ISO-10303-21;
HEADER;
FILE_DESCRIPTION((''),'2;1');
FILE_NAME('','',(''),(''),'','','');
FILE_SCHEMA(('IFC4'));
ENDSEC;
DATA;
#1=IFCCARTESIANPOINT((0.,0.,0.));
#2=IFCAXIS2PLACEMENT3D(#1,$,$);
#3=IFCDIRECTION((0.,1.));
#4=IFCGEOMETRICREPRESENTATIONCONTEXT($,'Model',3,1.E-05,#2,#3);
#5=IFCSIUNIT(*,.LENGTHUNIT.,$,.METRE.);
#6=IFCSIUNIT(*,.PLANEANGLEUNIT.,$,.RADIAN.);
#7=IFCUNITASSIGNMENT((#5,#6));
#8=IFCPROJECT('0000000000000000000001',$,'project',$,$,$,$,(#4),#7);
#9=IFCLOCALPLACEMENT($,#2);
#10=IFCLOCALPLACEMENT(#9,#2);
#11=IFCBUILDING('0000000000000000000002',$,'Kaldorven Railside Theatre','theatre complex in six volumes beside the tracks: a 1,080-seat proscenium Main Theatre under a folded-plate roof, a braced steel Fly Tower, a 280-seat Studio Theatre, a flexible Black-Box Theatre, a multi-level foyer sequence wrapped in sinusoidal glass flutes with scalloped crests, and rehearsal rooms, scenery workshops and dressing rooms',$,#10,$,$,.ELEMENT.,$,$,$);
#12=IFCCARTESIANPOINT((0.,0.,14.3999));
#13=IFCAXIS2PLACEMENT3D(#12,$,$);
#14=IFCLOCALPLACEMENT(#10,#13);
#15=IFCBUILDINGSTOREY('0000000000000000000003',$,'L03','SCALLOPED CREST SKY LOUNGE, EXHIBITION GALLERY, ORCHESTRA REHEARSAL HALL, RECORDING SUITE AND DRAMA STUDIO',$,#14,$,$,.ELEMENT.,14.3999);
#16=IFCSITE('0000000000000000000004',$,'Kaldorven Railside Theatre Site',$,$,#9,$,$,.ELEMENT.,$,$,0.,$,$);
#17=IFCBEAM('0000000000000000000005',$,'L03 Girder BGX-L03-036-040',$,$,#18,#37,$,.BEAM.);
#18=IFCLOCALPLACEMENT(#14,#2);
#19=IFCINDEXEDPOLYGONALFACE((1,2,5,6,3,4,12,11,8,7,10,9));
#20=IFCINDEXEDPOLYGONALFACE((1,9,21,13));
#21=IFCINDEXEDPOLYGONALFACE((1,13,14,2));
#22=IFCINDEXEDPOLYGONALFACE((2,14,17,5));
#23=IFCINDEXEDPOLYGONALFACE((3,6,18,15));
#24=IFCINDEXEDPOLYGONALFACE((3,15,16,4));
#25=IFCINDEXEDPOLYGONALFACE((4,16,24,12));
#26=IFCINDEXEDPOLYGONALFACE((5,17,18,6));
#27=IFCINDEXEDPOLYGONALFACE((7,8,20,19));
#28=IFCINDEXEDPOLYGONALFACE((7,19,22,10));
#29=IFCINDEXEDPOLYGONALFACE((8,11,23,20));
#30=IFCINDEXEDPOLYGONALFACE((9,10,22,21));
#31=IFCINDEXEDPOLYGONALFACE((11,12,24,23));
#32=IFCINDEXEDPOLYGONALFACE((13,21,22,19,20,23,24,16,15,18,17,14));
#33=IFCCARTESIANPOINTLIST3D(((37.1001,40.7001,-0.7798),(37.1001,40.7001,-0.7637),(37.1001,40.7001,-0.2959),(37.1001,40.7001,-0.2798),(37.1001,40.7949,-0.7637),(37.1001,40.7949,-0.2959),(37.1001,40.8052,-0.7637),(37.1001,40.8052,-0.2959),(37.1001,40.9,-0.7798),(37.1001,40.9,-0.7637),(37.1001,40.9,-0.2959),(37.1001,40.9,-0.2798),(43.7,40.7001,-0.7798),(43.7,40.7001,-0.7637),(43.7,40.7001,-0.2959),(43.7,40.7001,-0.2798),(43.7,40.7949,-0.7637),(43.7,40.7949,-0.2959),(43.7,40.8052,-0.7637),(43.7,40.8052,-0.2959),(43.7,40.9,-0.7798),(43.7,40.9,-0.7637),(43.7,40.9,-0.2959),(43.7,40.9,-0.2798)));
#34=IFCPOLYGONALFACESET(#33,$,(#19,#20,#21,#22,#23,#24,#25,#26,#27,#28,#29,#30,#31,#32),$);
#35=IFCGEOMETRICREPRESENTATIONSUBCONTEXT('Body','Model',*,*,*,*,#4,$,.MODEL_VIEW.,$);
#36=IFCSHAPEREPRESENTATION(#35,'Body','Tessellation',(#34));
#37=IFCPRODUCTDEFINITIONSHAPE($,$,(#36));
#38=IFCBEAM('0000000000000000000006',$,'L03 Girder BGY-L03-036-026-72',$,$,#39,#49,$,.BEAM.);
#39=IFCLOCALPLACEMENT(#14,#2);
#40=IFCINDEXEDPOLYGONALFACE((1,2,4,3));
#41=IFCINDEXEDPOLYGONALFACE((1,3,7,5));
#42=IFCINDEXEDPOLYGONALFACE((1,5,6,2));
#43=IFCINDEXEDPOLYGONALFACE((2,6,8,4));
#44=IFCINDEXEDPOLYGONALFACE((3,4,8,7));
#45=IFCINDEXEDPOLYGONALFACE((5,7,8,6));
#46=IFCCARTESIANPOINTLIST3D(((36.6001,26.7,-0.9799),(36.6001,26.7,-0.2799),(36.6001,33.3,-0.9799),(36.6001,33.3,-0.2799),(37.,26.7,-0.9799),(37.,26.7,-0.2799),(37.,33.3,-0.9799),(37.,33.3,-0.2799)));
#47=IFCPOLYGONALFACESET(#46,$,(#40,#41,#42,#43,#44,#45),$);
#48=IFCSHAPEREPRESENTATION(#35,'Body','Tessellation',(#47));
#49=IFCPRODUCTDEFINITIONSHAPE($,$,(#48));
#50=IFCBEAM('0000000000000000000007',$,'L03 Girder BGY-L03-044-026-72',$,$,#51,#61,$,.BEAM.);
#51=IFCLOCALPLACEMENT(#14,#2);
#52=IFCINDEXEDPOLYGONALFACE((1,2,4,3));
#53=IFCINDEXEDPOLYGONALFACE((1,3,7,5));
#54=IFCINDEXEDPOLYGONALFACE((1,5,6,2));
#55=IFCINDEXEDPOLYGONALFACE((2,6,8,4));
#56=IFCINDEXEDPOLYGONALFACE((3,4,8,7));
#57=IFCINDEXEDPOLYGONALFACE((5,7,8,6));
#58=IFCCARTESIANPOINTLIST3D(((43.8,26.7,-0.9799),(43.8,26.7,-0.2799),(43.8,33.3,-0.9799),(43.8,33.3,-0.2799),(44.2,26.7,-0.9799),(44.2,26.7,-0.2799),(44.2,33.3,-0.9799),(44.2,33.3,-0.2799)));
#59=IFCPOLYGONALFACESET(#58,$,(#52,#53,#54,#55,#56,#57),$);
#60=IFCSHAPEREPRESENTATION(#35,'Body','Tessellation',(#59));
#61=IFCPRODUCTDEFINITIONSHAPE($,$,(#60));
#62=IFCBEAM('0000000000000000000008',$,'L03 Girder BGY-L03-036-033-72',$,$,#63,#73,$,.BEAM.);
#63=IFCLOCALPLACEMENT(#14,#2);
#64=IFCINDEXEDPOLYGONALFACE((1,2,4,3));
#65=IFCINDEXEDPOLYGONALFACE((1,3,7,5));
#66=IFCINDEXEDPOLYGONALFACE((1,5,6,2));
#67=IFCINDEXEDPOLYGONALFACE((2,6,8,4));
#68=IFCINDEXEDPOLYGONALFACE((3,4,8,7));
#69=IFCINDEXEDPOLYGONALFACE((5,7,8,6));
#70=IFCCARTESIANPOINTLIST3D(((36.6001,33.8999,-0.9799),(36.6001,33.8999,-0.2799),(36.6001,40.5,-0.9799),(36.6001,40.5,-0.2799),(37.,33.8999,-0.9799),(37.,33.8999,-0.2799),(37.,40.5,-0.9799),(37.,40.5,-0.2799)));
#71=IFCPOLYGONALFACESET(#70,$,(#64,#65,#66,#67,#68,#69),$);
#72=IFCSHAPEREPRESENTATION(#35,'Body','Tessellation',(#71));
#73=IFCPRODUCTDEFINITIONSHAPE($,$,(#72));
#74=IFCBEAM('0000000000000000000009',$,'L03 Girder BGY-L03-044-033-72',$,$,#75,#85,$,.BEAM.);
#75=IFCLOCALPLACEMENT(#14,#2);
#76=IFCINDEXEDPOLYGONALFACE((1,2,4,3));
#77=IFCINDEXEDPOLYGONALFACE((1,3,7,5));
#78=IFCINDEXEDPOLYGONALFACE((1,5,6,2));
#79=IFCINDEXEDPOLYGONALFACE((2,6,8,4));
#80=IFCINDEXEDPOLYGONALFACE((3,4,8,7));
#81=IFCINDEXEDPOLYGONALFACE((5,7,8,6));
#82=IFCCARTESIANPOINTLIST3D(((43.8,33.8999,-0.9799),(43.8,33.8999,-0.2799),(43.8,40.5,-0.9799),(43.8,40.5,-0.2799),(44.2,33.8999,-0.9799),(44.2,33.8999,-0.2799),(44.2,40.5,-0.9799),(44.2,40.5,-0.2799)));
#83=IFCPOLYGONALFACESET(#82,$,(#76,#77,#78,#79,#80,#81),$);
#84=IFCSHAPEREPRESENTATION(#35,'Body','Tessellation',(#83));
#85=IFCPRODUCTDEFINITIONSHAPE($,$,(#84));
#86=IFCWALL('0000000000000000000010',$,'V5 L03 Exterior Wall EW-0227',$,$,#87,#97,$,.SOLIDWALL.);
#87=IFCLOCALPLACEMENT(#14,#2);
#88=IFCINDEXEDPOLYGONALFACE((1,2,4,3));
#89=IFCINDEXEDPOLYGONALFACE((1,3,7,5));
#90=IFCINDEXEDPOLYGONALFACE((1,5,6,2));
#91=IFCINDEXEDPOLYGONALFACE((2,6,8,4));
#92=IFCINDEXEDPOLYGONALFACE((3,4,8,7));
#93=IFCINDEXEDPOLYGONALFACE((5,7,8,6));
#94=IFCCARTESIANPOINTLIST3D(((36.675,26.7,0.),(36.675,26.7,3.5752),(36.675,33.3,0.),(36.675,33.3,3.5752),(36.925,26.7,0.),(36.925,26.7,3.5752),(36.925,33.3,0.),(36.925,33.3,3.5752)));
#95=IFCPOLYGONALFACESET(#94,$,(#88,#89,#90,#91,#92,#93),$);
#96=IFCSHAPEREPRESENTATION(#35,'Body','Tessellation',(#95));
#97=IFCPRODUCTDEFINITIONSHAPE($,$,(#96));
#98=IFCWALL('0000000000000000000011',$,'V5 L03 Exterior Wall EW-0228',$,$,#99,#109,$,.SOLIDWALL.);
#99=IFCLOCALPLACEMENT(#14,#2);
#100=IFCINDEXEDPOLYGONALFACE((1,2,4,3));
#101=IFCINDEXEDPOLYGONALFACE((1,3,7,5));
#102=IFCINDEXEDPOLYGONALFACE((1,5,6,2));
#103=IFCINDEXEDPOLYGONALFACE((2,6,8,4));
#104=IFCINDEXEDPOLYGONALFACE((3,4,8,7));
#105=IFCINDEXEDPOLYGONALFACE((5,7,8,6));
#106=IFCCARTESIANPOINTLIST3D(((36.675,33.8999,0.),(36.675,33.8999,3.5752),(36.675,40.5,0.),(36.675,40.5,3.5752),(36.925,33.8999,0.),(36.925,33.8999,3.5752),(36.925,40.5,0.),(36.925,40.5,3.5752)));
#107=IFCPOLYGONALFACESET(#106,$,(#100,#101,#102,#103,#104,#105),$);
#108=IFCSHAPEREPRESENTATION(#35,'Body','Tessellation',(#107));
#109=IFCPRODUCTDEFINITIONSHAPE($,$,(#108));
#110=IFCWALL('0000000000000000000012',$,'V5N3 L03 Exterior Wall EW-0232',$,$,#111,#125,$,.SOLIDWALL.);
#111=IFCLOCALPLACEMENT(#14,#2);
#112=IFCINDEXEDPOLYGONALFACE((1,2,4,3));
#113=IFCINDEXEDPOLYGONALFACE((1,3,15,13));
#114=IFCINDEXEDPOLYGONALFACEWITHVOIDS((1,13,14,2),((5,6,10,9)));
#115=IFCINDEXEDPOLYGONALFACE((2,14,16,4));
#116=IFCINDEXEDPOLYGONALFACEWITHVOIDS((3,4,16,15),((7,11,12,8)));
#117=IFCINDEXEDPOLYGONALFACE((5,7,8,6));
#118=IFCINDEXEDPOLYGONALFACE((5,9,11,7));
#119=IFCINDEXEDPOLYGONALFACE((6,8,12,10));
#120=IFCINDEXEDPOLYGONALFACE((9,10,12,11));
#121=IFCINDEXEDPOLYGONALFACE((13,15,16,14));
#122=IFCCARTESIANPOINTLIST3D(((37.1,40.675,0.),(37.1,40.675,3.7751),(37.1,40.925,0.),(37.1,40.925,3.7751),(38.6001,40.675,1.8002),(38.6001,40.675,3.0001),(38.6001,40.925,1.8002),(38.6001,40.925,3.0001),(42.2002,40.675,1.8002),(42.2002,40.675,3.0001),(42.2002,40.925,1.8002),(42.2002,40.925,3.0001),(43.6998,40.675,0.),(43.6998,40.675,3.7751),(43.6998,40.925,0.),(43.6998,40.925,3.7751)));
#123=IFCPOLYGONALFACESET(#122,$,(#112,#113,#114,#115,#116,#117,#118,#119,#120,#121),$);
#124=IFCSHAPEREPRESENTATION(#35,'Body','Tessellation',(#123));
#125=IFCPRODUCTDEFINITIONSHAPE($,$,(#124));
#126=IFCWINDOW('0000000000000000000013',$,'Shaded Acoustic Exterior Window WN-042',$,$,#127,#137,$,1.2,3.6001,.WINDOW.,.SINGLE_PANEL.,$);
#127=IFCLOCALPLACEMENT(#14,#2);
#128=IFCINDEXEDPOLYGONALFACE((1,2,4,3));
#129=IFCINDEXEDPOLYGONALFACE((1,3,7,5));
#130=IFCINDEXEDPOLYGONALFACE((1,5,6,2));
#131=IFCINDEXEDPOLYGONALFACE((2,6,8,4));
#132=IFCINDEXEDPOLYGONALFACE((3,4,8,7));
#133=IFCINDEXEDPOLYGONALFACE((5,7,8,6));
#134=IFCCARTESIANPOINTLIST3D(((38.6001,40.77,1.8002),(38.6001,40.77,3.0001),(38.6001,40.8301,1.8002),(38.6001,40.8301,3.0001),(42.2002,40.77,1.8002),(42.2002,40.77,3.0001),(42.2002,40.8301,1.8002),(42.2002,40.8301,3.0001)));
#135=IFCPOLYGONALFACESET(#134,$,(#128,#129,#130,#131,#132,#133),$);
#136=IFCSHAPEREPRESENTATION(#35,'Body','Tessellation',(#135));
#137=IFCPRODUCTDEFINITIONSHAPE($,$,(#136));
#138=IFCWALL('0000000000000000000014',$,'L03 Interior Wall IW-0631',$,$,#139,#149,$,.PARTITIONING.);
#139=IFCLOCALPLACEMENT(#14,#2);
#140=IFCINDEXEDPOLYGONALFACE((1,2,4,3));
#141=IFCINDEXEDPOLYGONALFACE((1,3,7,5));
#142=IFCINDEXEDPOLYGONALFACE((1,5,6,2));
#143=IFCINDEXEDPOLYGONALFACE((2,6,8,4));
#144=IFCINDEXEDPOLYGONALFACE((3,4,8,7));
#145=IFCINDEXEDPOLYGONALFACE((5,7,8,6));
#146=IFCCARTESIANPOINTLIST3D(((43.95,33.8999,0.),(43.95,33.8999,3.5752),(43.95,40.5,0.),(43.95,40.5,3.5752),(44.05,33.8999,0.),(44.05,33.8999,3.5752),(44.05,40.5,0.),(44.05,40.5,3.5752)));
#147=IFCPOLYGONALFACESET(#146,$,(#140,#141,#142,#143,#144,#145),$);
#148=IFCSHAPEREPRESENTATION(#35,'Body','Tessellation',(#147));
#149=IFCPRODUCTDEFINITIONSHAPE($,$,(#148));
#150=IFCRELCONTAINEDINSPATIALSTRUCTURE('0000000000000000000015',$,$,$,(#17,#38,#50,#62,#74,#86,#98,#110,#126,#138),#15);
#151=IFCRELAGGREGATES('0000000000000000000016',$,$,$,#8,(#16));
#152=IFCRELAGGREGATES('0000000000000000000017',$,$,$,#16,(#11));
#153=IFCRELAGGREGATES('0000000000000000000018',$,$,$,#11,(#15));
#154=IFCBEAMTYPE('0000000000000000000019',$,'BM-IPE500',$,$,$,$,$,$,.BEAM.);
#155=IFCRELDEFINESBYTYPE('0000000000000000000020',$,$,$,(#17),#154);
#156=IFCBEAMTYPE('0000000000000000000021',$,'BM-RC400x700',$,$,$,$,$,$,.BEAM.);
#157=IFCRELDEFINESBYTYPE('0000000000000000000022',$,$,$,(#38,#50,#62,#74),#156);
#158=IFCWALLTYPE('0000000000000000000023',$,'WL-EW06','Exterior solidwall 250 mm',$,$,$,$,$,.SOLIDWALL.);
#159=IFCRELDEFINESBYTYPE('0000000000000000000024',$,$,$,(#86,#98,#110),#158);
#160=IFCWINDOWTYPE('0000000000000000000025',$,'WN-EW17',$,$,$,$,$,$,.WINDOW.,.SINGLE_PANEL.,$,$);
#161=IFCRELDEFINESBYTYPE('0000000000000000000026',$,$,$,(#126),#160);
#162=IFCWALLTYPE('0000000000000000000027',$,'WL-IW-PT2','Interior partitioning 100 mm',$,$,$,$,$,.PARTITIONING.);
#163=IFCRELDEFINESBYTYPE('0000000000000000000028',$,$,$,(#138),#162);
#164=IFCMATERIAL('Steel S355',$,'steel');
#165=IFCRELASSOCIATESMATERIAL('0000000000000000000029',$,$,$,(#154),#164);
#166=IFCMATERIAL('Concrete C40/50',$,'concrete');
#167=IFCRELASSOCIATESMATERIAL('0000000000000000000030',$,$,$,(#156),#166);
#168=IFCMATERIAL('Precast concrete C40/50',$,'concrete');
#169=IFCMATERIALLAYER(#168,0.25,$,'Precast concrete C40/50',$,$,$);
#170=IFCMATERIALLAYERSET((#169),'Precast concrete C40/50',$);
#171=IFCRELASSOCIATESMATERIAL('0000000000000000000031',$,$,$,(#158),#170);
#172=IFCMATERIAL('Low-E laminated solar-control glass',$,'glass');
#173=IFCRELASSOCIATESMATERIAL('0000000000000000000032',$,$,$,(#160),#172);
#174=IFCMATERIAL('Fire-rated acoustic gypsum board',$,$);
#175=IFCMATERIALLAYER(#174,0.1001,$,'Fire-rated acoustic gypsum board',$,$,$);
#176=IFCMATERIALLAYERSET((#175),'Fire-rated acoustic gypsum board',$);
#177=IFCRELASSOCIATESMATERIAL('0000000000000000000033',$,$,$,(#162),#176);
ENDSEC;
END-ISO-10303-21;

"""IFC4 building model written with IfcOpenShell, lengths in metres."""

from ifc_helpers import new_model, si_unit, direction, frame, frame_2d, origin, origin_2d, place, context, subcontext, project, spatial, rectangle, i_section, extrude, material, layer, layer_set, material_profile, profile_set, type_object, element, fill, save


model = new_model("IFC4")

# Units and contexts
model_context = context("Model", 3, precision=1e-05, world=origin(), true_north=direction((0.0, 1.0)))
body_context = subcontext(model_context, "Body", "Model", "MODEL_VIEW")
ifc_project = project(units=[si_unit("LENGTHUNIT", "METRE"), si_unit("PLANEANGLEUNIT", "RADIAN")], contexts=[model_context])

# Site, building, storey
site_placement = place(None, origin())
site = spatial("IfcSite", under=ifc_project, at=site_placement, Name="Kaldorven Railside Theatre Site", CompositionType="ELEMENT", RefElevation=0.0)
building_placement = place(site_placement, origin())
building = spatial("IfcBuilding", under=site, at=building_placement, Name="Kaldorven Railside Theatre", Description="theatre complex in six volumes beside the tracks: a 1,080-seat proscenium Main Theatre under a folded-plate roof, a braced steel Fly Tower, a 280-seat Studio Theatre, a flexible Black-Box Theatre, a multi-level foyer sequence wrapped in sinusoidal glass flutes with scalloped crests, and rehearsal rooms, scenery workshops and dressing rooms", CompositionType="ELEMENT")
storey_placement = place(building_placement, frame((0.0, 0.0, 14.3999)))
storey = spatial("IfcBuildingStorey", under=building, at=storey_placement, Name="L03", Description="SCALLOPED CREST SKY LOUNGE, EXHIBITION GALLERY, ORCHESTRA REHEARSAL HALL, RECORDING SUITE AND DRAMA STUDIO", CompositionType="ELEMENT", Elevation=14.3999)

# Shared definitions
ifc_material_1 = material(Name="Concrete C40/50", Category="concrete")

# Beams
ifc_material_2 = material(Name="Steel S355", Category="steel")
ifc_material_profile_1 = material_profile(ifc_material_2, i_section(OverallWidth=0.2, OverallDepth=0.5, WebThickness=0.0103, FlangeThickness=0.0161, at=origin_2d()), Name="IPE 500")
ifc_profile_set_1 = profile_set([ifc_material_profile_1], Name="Steel S355")
beam_type_1 = type_object("IfcBeamType", Name="BM-IPE500", PredefinedType="BEAM", material=ifc_profile_set_1)
for number, where, z_axis, x_axis, name in (
    (1, (37.1001, 40.8, -0.5298), (1.0, 0.0, 0.0), (0.0, 1.0, 0.0), "L03 Girder BGX-L03-036-040"),
):
    element("IfcBeam", number, at=place(storey_placement, frame(where, z_axis=z_axis, x_axis=x_axis)), inside=storey, type_object=beam_type_1, Name=name, PredefinedType="BEAM", context=body_context, shape_type="SweptSolid", body=[
        extrude(i_section(OverallWidth=0.2, OverallDepth=0.5, WebThickness=0.0103, FlangeThickness=0.0161, at=origin_2d()), origin(), (0.0, 0.0, 1.0), 6.5999),
    ])
ifc_material_profile_2 = material_profile(ifc_material_1, rectangle(XDim=0.3999, YDim=0.7, at=origin_2d()), Name="RC 400x700")
ifc_profile_set_2 = profile_set([ifc_material_profile_2], Name="Concrete C40/50")
beam_type_2 = type_object("IfcBeamType", Name="BM-RC400x700", PredefinedType="BEAM", material=ifc_profile_set_2)
for number, where, z_axis, x_axis, name in (
    (2, (36.8, 26.7, -0.6299), (0.0, 1.0, 0.0), (-1.0, 0.0, 0.0), "L03 Girder BGY-L03-036-026-72"),
    (3, (44.0, 26.7, -0.6299), (0.0, 1.0, 0.0), (-1.0, 0.0, 0.0), "L03 Girder BGY-L03-044-026-72"),
    (4, (36.8, 33.8999, -0.6299), (0.0, 1.0, 0.0), (-1.0, 0.0, 0.0), "L03 Girder BGY-L03-036-033-72"),
    (5, (44.0, 33.8999, -0.6299), (0.0, 1.0, 0.0), (-1.0, 0.0, 0.0), "L03 Girder BGY-L03-044-033-72"),
):
    element("IfcBeam", number, at=place(storey_placement, frame(where, z_axis=z_axis, x_axis=x_axis)), inside=storey, type_object=beam_type_2, Name=name, PredefinedType="BEAM", context=body_context, shape_type="SweptSolid", body=[
        extrude(rectangle(XDim=0.3999, YDim=0.7, at=origin_2d()), origin(), (0.0, 0.0, 1.0), 6.6001),
    ])

# Walls
ifc_material_3 = material(Name="Precast concrete C40/50", Category="concrete")
ifc_layer_1 = layer(ifc_material_3, 0.25, Name="Precast concrete C40/50")
ifc_layer_set_1 = layer_set([ifc_layer_1], Name="Precast concrete C40/50")
wall_type_1 = type_object("IfcWallType", Name="WL-EW06", Description="Exterior solidwall 250 mm", PredefinedType="SOLIDWALL", material=ifc_layer_set_1)
for number, where, z_axis, x_axis, name in (
    (6, (36.8, 26.7, 0.0), (0.0, 0.0, 1.0), (0.0, 1.0, 0.0), "V5 L03 Exterior Wall EW-0227"),
    (7, (36.8, 33.8999, 0.0), (0.0, 0.0, 1.0), (0.0, 1.0, 0.0), "V5 L03 Exterior Wall EW-0228"),
):
    element("IfcWall", number, at=place(storey_placement, frame(where, z_axis=z_axis, x_axis=x_axis)), inside=storey, type_object=wall_type_1, Name=name, PredefinedType="SOLIDWALL", context=body_context, shape_type="SweptSolid", body=[
        extrude(rectangle(XDim=6.6001, YDim=0.25, at=frame_2d((3.3, 0.0))), origin(), (0.0, 0.0, 1.0), 3.5752),
    ])

# Wall, opening, window
wall_1_placement = place(storey_placement, frame((37.1001, 40.8, 0.0), z_axis=(0.0, 0.0, 1.0), x_axis=(1.0, 0.0, 0.0)))
wall_1 = element("IfcWall", 8, at=wall_1_placement, inside=storey, type_object=wall_type_1, Name="V5N3 L03 Exterior Wall EW-0232", PredefinedType="SOLIDWALL", context=body_context, shape_type="SweptSolid", body=[
    extrude(rectangle(XDim=6.5999, YDim=0.25, at=frame_2d((3.2998, 0.0))), origin(), (0.0, 0.0, 1.0), 3.7751),
])
opening_placement = place(wall_1_placement, frame((1.5, 0.0, 1.8)))
opening = element("IfcOpeningElement", 9, at=opening_placement, cuts=wall_1, PredefinedType="OPENING", context=body_context, shape_type="SweptSolid", body=[
    extrude(rectangle(XDim=3.6001, YDim=1.2, at=frame_2d((1.8, 0.6001))), frame((0.0, 0.135, 0.0), z_axis=(0.0, -1.0, 0.0), x_axis=(1.0, 0.0, 0.0)), (0.0, 0.0, 1.0), 0.27),
])
ifc_material_4 = material(Name="Low-E laminated solar-control glass", Category="glass")
window_type = type_object("IfcWindowType", Name="WN-EW17", PartitioningType="SINGLE_PANEL", PredefinedType="WINDOW", material=ifc_material_4)
window_placement = place(opening_placement, origin())
window = element("IfcWindow", 10, at=window_placement, inside=storey, type_object=window_type, Name="Shaded Acoustic Exterior Window WN-042", OverallHeight=1.2, OverallWidth=3.6001, PartitioningType="SINGLE_PANEL", PredefinedType="WINDOW", context=body_context, shape_type="SweptSolid", body=[
    extrude(rectangle(XDim=3.6001, YDim=1.2, at=frame_2d((1.8, 0.6001))), frame((0.0, 0.03, 0.0), z_axis=(0.0, -1.0, 0.0), x_axis=(1.0, 0.0, 0.0)), (0.0, 0.0, 1.0), 0.0601),
])
fill(opening, window)

# Wall
ifc_material_5 = material(Name="Fire-rated acoustic gypsum board")
ifc_layer_2 = layer(ifc_material_5, 0.1001, Name="Fire-rated acoustic gypsum board")
ifc_layer_set_2 = layer_set([ifc_layer_2], Name="Fire-rated acoustic gypsum board")
wall_type_2 = type_object("IfcWallType", Name="WL-IW-PT2", Description="Interior partitioning 100 mm", PredefinedType="PARTITIONING", material=ifc_layer_set_2)
wall_2_placement = place(storey_placement, frame((44.0, 40.5, 0.0), z_axis=(0.0, 0.0, 1.0), x_axis=(0.0, -1.0, 0.0)))
element("IfcWall", 11, at=wall_2_placement, inside=storey, type_object=wall_type_2, Name="L03 Interior Wall IW-0631", PredefinedType="PARTITIONING", context=body_context, shape_type="SweptSolid", body=[
    extrude(rectangle(XDim=6.6001, YDim=0.1001, at=frame_2d((3.3, 0.0))), origin(), (0.0, 0.0, 1.0), 3.5752),
])

save(model, "model.ifc")
